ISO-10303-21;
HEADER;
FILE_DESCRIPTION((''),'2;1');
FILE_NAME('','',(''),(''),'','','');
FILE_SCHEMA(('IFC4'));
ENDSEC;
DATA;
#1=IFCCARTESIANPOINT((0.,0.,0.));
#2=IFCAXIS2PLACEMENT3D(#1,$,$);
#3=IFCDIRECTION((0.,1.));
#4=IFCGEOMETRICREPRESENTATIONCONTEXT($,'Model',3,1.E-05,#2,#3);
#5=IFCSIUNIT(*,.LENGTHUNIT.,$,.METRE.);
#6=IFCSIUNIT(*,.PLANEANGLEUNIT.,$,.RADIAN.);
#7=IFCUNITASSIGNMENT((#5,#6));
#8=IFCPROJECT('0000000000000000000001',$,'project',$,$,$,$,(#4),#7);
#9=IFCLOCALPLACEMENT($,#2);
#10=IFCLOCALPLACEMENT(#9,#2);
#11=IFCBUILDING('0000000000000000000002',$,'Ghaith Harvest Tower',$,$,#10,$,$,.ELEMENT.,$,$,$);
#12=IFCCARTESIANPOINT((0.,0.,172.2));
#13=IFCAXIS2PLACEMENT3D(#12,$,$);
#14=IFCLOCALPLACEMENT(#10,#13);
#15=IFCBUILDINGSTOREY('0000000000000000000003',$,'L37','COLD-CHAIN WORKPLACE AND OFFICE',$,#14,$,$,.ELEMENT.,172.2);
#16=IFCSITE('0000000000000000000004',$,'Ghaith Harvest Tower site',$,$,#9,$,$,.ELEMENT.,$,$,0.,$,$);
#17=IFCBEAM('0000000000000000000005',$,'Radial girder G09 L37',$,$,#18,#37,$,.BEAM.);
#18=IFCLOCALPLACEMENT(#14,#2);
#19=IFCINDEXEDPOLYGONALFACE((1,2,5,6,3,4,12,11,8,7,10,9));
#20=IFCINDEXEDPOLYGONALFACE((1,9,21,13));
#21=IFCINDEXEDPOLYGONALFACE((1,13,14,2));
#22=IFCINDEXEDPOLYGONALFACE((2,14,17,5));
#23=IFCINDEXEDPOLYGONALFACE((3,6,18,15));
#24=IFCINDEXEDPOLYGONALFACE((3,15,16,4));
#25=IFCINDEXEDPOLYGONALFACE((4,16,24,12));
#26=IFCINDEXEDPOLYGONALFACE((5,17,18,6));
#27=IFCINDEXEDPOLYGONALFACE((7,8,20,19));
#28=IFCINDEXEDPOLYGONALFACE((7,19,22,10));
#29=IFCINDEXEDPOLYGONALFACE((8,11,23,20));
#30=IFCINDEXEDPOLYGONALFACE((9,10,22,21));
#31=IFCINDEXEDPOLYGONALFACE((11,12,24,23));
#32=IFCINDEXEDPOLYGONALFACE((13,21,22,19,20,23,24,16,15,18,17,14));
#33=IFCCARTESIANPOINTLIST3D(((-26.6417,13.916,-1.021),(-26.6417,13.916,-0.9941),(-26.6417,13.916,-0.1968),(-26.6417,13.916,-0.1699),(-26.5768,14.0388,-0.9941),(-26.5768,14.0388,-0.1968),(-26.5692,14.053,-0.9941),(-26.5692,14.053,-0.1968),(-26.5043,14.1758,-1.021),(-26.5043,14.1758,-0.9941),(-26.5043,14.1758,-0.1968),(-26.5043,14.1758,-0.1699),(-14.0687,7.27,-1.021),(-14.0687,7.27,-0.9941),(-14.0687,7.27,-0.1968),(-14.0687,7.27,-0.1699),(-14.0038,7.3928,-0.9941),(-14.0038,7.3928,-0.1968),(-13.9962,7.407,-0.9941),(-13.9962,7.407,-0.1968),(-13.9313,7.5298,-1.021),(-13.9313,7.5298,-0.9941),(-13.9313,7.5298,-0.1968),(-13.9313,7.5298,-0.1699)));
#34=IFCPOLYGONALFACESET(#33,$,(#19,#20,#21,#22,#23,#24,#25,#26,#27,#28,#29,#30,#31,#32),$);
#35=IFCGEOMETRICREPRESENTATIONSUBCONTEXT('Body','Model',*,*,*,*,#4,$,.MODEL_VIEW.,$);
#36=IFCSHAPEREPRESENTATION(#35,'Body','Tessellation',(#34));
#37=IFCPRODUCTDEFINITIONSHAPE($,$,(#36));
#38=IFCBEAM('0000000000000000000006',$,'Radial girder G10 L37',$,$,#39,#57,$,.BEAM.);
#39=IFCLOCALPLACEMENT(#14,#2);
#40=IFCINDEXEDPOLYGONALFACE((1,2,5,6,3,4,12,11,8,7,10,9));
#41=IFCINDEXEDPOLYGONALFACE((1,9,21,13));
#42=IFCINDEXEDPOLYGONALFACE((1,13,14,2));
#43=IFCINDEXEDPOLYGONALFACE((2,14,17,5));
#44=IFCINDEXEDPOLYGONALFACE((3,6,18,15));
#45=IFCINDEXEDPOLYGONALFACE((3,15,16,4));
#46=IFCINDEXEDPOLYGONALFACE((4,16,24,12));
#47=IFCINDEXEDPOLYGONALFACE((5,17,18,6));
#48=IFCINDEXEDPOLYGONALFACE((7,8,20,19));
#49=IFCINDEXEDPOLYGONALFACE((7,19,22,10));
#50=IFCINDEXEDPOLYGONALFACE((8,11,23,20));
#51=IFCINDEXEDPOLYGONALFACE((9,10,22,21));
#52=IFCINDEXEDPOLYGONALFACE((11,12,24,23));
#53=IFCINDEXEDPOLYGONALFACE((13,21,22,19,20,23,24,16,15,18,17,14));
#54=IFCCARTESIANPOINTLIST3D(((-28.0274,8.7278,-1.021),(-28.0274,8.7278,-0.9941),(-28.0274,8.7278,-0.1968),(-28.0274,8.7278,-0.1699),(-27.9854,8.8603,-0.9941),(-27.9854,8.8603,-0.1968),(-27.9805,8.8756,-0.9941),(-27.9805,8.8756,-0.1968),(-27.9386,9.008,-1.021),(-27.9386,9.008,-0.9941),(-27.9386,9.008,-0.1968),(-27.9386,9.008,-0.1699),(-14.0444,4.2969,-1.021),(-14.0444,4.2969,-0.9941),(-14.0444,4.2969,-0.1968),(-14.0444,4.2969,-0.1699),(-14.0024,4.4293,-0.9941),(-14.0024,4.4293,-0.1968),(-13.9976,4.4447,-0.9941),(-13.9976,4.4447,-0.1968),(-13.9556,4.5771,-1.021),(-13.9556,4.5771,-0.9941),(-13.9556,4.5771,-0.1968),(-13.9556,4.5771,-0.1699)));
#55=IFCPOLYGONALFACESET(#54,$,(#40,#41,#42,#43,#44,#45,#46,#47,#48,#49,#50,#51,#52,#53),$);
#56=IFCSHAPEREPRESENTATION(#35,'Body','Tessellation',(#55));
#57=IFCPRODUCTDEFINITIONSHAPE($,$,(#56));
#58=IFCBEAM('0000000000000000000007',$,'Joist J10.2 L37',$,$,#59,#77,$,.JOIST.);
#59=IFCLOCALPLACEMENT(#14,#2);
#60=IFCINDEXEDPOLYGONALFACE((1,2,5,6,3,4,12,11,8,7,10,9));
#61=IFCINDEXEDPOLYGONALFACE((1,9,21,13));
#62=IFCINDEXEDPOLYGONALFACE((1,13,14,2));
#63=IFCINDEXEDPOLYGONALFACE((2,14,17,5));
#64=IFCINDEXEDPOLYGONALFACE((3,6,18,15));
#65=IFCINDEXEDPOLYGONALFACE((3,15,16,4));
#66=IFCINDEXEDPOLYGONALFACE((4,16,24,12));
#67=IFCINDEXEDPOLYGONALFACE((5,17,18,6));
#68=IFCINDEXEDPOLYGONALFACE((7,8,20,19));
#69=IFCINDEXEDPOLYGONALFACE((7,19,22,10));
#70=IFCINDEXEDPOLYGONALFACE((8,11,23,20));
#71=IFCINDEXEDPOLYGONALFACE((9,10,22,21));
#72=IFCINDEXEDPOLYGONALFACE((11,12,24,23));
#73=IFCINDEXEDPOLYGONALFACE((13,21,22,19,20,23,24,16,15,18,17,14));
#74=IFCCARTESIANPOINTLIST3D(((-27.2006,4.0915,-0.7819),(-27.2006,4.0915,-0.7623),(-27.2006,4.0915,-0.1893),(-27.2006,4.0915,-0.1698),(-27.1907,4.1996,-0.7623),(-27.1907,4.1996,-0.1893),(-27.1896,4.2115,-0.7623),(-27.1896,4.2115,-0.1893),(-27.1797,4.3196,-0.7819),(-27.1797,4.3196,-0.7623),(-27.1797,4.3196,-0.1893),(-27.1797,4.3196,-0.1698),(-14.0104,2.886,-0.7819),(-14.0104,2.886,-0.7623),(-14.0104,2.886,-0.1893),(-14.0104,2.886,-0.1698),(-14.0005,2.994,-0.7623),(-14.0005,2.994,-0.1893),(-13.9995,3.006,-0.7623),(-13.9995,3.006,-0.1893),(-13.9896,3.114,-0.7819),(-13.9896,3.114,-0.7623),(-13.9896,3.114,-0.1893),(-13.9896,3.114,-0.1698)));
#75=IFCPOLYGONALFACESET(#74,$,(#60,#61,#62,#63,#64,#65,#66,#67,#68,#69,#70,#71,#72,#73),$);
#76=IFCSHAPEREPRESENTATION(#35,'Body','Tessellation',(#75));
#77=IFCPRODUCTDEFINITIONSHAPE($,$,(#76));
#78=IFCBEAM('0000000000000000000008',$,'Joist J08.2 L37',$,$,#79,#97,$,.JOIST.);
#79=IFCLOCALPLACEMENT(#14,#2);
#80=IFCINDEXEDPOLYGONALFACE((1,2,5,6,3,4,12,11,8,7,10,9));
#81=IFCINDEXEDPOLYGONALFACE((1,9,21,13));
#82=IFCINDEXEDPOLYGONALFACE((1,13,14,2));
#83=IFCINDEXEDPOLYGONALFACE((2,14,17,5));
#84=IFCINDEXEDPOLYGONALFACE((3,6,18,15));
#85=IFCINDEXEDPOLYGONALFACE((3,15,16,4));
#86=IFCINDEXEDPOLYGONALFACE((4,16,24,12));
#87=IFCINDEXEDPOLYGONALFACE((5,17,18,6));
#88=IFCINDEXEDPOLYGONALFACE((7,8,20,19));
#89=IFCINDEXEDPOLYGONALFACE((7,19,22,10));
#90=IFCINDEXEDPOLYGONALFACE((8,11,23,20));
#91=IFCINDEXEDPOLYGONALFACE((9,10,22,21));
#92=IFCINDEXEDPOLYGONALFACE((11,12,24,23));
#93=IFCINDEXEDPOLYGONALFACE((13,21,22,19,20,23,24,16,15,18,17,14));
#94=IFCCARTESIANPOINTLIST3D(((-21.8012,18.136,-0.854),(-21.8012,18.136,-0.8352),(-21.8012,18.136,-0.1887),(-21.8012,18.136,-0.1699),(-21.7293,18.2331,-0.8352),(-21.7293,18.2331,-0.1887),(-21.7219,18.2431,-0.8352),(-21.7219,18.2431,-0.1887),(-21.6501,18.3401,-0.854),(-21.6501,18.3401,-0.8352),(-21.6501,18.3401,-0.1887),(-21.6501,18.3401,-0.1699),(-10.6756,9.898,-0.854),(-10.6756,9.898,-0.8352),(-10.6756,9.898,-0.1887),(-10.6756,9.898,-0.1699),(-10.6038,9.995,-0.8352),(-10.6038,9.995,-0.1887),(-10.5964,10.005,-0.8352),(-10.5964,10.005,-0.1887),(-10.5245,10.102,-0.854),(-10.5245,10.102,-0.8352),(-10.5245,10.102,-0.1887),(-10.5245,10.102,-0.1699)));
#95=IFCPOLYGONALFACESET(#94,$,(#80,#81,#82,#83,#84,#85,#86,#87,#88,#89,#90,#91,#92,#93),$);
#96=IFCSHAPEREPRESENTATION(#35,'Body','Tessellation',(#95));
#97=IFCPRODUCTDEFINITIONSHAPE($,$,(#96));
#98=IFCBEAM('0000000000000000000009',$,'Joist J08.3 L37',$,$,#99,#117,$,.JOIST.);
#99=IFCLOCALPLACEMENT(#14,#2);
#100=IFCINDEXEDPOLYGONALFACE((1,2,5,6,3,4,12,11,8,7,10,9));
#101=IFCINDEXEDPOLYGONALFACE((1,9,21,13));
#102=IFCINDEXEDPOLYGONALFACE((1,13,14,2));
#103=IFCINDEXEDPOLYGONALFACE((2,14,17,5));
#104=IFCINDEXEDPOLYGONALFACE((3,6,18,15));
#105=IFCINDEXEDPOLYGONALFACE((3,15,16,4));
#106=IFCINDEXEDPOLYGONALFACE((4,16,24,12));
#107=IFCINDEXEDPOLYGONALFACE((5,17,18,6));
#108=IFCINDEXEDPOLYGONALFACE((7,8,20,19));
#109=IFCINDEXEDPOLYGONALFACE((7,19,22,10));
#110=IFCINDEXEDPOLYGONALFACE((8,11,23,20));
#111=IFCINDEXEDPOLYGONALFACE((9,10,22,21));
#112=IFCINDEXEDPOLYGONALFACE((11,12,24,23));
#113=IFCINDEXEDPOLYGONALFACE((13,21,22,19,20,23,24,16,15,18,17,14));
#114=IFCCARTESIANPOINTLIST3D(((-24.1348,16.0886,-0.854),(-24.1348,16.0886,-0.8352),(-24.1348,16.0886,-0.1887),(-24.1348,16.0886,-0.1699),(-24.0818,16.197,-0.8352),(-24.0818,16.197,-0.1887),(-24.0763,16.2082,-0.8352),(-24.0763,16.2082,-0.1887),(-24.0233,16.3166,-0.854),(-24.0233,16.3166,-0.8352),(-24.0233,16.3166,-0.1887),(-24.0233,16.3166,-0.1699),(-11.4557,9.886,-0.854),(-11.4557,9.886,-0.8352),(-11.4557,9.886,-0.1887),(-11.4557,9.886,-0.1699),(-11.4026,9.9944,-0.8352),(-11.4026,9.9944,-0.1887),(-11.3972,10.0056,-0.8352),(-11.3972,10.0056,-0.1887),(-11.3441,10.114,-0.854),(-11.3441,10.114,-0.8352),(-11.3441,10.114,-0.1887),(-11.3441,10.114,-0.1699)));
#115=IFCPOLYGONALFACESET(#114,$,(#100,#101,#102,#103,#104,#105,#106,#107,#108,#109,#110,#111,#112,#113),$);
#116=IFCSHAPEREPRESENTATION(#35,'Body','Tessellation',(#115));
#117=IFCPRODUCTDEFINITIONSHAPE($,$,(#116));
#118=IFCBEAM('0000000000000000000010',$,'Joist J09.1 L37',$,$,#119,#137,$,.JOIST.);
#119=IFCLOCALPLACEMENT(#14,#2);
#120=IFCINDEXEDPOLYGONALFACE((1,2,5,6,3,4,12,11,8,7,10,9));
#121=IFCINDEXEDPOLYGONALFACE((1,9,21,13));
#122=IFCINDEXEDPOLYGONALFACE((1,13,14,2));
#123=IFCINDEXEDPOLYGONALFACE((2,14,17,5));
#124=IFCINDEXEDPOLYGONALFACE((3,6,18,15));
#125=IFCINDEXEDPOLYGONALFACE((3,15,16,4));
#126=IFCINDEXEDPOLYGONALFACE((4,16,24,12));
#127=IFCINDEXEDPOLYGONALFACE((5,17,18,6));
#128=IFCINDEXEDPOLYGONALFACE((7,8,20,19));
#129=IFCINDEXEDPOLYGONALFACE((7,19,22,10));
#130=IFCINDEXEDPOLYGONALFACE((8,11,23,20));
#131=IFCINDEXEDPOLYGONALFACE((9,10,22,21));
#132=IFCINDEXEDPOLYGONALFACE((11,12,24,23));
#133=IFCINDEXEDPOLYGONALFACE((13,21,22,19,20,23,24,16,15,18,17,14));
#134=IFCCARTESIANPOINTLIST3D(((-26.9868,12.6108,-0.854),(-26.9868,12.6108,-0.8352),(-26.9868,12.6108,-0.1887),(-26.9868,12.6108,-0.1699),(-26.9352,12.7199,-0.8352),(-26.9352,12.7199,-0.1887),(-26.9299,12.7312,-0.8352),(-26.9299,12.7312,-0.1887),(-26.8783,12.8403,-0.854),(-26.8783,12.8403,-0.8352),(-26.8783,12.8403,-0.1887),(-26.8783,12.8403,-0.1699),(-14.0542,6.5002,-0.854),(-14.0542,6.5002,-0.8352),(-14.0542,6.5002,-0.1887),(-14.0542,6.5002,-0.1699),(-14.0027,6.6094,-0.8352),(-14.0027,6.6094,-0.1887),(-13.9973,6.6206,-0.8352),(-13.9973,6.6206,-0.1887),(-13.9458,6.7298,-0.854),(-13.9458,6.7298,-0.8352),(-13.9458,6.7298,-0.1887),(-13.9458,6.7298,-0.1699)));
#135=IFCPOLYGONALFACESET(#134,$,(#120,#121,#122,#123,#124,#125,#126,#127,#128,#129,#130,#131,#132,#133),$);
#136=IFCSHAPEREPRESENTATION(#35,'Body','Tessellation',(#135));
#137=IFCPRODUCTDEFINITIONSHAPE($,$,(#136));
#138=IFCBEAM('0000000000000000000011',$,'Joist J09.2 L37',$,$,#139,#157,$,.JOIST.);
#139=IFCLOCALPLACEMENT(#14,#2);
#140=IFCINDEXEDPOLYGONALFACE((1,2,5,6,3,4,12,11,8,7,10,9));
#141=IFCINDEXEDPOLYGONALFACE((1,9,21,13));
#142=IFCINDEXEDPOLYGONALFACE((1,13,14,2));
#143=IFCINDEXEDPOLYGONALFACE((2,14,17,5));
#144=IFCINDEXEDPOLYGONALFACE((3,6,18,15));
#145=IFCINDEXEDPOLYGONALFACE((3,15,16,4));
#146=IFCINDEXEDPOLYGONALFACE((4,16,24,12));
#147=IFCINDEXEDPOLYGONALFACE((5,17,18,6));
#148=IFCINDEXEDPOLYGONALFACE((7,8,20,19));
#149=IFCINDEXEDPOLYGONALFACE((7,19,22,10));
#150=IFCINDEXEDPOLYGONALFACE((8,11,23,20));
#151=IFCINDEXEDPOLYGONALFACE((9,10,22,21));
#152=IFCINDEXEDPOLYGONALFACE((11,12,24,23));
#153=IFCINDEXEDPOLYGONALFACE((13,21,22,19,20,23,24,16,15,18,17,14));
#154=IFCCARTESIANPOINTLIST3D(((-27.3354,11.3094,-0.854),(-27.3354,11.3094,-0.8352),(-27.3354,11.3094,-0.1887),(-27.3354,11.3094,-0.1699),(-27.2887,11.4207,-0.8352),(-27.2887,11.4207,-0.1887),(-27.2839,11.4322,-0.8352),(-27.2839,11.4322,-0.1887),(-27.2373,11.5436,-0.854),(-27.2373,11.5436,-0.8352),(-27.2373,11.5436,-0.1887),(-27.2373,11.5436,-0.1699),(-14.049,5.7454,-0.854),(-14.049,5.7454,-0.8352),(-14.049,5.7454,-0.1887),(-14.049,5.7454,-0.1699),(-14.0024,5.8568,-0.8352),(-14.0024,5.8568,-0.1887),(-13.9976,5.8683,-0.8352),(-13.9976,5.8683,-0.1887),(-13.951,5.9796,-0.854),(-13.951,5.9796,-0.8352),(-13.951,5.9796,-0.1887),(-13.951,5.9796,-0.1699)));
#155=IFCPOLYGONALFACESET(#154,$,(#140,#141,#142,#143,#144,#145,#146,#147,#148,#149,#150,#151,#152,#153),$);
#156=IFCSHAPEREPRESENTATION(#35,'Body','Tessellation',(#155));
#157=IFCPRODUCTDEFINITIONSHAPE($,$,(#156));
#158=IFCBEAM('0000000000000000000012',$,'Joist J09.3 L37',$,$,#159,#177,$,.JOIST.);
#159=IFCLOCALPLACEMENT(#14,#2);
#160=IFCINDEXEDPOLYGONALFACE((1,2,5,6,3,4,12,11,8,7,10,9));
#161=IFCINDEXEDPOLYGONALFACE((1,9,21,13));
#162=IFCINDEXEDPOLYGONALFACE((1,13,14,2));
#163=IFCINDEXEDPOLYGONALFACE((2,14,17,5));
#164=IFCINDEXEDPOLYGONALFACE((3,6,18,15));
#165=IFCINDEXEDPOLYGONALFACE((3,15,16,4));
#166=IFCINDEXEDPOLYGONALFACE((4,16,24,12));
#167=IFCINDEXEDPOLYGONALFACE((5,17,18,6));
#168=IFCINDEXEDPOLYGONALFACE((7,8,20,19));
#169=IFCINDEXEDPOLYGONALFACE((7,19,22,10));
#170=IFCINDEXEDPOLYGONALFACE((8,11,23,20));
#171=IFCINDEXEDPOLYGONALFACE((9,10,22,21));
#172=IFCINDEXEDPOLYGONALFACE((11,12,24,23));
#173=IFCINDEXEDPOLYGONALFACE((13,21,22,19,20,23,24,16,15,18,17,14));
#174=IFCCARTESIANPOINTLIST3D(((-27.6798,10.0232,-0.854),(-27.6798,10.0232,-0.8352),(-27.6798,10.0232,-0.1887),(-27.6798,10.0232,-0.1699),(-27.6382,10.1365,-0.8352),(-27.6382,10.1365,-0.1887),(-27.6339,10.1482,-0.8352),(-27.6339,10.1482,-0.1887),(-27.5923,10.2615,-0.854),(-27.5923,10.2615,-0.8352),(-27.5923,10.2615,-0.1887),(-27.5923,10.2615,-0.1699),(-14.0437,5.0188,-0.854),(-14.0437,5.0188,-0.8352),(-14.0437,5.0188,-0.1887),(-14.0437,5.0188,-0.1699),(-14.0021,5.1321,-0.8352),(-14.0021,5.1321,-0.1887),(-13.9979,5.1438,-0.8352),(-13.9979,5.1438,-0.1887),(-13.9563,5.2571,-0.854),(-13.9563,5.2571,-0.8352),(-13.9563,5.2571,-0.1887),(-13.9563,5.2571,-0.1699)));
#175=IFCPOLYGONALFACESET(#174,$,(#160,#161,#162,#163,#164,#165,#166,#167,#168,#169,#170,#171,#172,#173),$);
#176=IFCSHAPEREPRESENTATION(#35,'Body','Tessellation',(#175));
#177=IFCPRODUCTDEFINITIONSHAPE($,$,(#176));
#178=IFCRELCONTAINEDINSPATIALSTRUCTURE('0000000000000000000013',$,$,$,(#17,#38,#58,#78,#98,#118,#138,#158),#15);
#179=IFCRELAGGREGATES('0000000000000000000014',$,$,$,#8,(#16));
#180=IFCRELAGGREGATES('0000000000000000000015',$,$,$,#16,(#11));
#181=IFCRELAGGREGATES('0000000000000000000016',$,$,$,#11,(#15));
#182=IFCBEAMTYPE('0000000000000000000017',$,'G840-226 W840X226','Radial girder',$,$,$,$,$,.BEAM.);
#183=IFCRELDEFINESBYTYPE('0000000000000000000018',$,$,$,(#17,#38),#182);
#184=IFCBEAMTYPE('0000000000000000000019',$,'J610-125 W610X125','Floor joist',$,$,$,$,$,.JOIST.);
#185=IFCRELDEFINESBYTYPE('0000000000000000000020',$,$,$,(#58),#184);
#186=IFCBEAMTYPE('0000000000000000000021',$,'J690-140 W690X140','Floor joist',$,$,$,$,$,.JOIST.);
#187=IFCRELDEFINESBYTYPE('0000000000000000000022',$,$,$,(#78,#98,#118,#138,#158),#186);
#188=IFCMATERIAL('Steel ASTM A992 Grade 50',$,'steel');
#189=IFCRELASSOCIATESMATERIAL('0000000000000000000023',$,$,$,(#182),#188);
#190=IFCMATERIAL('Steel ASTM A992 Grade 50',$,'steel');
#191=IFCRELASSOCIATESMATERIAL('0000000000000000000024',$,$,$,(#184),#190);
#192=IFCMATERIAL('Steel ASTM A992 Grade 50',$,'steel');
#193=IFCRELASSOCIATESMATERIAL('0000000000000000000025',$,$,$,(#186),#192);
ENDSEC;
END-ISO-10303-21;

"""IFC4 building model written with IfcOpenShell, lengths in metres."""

from ifc_helpers import new_model, si_unit, direction, frame, origin, origin_2d, place, context, subcontext, project, spatial, i_section, extrude, material, material_profile, profile_set, type_object, element, save


model = new_model("IFC4")

# Units and contexts
model_context = context("Model", 3, precision=1e-05, world=origin(), true_north=direction((0.0, 1.0)))
body_context = subcontext(model_context, "Body", "Model", "MODEL_VIEW")
ifc_project = project(units=[si_unit("LENGTHUNIT", "METRE"), si_unit("PLANEANGLEUNIT", "RADIAN")], contexts=[model_context])

# Site, building, storey
site_placement = place(None, origin())
site = spatial("IfcSite", under=ifc_project, at=site_placement, Name="Ghaith Harvest Tower site", CompositionType="ELEMENT", RefElevation=0.0)
building_placement = place(site_placement, origin())
building = spatial("IfcBuilding", under=site, at=building_placement, Name="Ghaith Harvest Tower", CompositionType="ELEMENT")
storey_placement = place(building_placement, frame((0.0, 0.0, 172.2)))
storey = spatial("IfcBuildingStorey", under=building, at=storey_placement, Name="L37", Description="COLD-CHAIN WORKPLACE AND OFFICE", CompositionType="ELEMENT", Elevation=172.2)

# Beams
ifc_material_1 = material(Name="Steel ASTM A992 Grade 50", Category="steel")
ifc_material_profile_1 = material_profile(ifc_material_1, i_section(OverallWidth=0.2939, OverallDepth=0.8511, WebThickness=0.0161, FlangeThickness=0.0269, at=origin_2d()), Name="W840X226")
ifc_profile_set_1 = profile_set([ifc_material_profile_1], Name="Steel ASTM A992 Grade 50")
beam_type_1 = type_object("IfcBeamType", Name="G840-226 W840X226", Description="Radial girder", PredefinedType="BEAM", material=ifc_profile_set_1)
beam_1_placement = place(storey_placement, frame((-14.0, 7.3999, -0.5955), z_axis=(-0.884087, 0.467322, 0.0), x_axis=(-0.467322, -0.884087, 0.0)))
element("IfcBeam", 1, at=beam_1_placement, inside=storey, type_object=beam_type_1, Name="Radial girder G09 L37", PredefinedType="BEAM", context=body_context, shape_type="SweptSolid", body=[
    extrude(i_section(OverallWidth=0.2939, OverallDepth=0.8511, WebThickness=0.0161, FlangeThickness=0.0269, at=origin_2d()), origin(), (0.0, 0.0, 1.0), 14.2214),
])
beam_2_placement = place(storey_placement, frame((-14.0, 4.437, -0.5955), z_axis=(-0.953284, 0.302077, 0.0), x_axis=(-0.302077, -0.953284, 0.0)))
element("IfcBeam", 2, at=beam_2_placement, inside=storey, type_object=beam_type_1, Name="Radial girder G10 L37", PredefinedType="BEAM", context=body_context, shape_type="SweptSolid", body=[
    extrude(i_section(OverallWidth=0.2939, OverallDepth=0.8511, WebThickness=0.0161, FlangeThickness=0.0269, at=origin_2d()), origin(), (0.0, 0.0, 1.0), 14.6682),
])
ifc_material_2 = material(Name="Steel ASTM A992 Grade 50", Category="steel")
ifc_material_profile_2 = material_profile(ifc_material_2, i_section(OverallWidth=0.229, OverallDepth=0.6121, WebThickness=0.012, FlangeThickness=0.0195, at=origin_2d()), Name="W610X125")
ifc_profile_set_2 = profile_set([ifc_material_profile_2], Name="Steel ASTM A992 Grade 50")
beam_type_2 = type_object("IfcBeamType", Name="J610-125 W610X125", Description="Floor joist", PredefinedType="JOIST", material=ifc_profile_set_2)
beam_3_placement = place(storey_placement, frame((-14.0, 3.0, -0.4758), z_axis=(-0.995849, 0.091019, 0.0), x_axis=(-0.091019, -0.995849, 0.0)))
element("IfcBeam", 3, at=beam_3_placement, inside=storey, type_object=beam_type_2, Name="Joist J10.2 L37", PredefinedType="JOIST", context=body_context, shape_type="SweptSolid", body=[
    extrude(i_section(OverallWidth=0.229, OverallDepth=0.6121, WebThickness=0.012, FlangeThickness=0.0195, at=origin_2d()), origin(), (0.0, 0.0, 1.0), 13.2451),
])
ifc_material_3 = material(Name="Steel ASTM A992 Grade 50", Category="steel")
ifc_material_profile_3 = material_profile(ifc_material_3, i_section(OverallWidth=0.2539, OverallDepth=0.6841, WebThickness=0.0125, FlangeThickness=0.0188, at=origin_2d()), Name="W690X140")
ifc_profile_set_3 = profile_set([ifc_material_profile_3], Name="Steel ASTM A992 Grade 50")
beam_type_3 = type_object("IfcBeamType", Name="J690-140 W690X140", Description="Floor joist", PredefinedType="JOIST", material=ifc_profile_set_3)
beam_4_placement = place(storey_placement, frame((-10.6001, 10.0, -0.512), z_axis=(-0.803663, 0.595085, 0.0), x_axis=(-0.595085, -0.803663, 0.0)))
element("IfcBeam", 4, at=beam_4_placement, inside=storey, type_object=beam_type_3, Name="Joist J08.2 L37", PredefinedType="JOIST", context=body_context, shape_type="SweptSolid", body=[
    extrude(i_section(OverallWidth=0.2539, OverallDepth=0.6841, WebThickness=0.0125, FlangeThickness=0.0188, at=origin_2d()), origin(), (0.0, 0.0, 1.0), 13.8435),
])
beam_5_placement = place(storey_placement, frame((-11.3999, 10.0, -0.512), z_axis=(-0.898275, 0.439434, 0.0), x_axis=(-0.439434, -0.898275, 0.0)))
element("IfcBeam", 5, at=beam_5_placement, inside=storey, type_object=beam_type_3, Name="Joist J08.3 L37", PredefinedType="JOIST", context=body_context, shape_type="SweptSolid", body=[
    extrude(i_section(OverallWidth=0.2539, OverallDepth=0.6841, WebThickness=0.0125, FlangeThickness=0.0188, at=origin_2d()), origin(), (0.0, 0.0, 1.0), 14.115),
])
beam_6_placement = place(storey_placement, frame((-14.0, 6.615, -0.512), z_axis=(-0.904153, 0.427208, 0.0), x_axis=(-0.427208, -0.904153, 0.0)))
element("IfcBeam", 6, at=beam_6_placement, inside=storey, type_object=beam_type_3, Name="Joist J09.1 L37", PredefinedType="JOIST", context=body_context, shape_type="SweptSolid", body=[
    extrude(i_section(OverallWidth=0.2539, OverallDepth=0.6841, WebThickness=0.0125, FlangeThickness=0.0188, at=origin_2d()), origin(), (0.0, 0.0, 1.0), 14.3035),
])
beam_7_placement = place(storey_placement, frame((-14.0, 5.8625, -0.512), z_axis=(-0.922386, 0.38627, 0.0), x_axis=(-0.38627, -0.922386, 0.0)))
element("IfcBeam", 7, at=beam_7_placement, inside=storey, type_object=beam_type_3, Name="Joist J09.2 L37", PredefinedType="JOIST", context=body_context, shape_type="SweptSolid", body=[
    extrude(i_section(OverallWidth=0.2539, OverallDepth=0.6841, WebThickness=0.0125, FlangeThickness=0.0188, at=origin_2d()), origin(), (0.0, 0.0, 1.0), 14.4043),
])
beam_8_placement = place(storey_placement, frame((-14.0, 5.1379, -0.512), z_axis=(-0.938775, 0.34453, 0.0), x_axis=(-0.34453, -0.938775, 0.0)))
element("IfcBeam", 8, at=beam_8_placement, inside=storey, type_object=beam_type_3, Name="Joist J09.3 L37", PredefinedType="JOIST", context=body_context, shape_type="SweptSolid", body=[
    extrude(i_section(OverallWidth=0.2539, OverallDepth=0.6841, WebThickness=0.0125, FlangeThickness=0.0188, at=origin_2d()), origin(), (0.0, 0.0, 1.0), 14.5254),
])

save(model, "model.ifc")
